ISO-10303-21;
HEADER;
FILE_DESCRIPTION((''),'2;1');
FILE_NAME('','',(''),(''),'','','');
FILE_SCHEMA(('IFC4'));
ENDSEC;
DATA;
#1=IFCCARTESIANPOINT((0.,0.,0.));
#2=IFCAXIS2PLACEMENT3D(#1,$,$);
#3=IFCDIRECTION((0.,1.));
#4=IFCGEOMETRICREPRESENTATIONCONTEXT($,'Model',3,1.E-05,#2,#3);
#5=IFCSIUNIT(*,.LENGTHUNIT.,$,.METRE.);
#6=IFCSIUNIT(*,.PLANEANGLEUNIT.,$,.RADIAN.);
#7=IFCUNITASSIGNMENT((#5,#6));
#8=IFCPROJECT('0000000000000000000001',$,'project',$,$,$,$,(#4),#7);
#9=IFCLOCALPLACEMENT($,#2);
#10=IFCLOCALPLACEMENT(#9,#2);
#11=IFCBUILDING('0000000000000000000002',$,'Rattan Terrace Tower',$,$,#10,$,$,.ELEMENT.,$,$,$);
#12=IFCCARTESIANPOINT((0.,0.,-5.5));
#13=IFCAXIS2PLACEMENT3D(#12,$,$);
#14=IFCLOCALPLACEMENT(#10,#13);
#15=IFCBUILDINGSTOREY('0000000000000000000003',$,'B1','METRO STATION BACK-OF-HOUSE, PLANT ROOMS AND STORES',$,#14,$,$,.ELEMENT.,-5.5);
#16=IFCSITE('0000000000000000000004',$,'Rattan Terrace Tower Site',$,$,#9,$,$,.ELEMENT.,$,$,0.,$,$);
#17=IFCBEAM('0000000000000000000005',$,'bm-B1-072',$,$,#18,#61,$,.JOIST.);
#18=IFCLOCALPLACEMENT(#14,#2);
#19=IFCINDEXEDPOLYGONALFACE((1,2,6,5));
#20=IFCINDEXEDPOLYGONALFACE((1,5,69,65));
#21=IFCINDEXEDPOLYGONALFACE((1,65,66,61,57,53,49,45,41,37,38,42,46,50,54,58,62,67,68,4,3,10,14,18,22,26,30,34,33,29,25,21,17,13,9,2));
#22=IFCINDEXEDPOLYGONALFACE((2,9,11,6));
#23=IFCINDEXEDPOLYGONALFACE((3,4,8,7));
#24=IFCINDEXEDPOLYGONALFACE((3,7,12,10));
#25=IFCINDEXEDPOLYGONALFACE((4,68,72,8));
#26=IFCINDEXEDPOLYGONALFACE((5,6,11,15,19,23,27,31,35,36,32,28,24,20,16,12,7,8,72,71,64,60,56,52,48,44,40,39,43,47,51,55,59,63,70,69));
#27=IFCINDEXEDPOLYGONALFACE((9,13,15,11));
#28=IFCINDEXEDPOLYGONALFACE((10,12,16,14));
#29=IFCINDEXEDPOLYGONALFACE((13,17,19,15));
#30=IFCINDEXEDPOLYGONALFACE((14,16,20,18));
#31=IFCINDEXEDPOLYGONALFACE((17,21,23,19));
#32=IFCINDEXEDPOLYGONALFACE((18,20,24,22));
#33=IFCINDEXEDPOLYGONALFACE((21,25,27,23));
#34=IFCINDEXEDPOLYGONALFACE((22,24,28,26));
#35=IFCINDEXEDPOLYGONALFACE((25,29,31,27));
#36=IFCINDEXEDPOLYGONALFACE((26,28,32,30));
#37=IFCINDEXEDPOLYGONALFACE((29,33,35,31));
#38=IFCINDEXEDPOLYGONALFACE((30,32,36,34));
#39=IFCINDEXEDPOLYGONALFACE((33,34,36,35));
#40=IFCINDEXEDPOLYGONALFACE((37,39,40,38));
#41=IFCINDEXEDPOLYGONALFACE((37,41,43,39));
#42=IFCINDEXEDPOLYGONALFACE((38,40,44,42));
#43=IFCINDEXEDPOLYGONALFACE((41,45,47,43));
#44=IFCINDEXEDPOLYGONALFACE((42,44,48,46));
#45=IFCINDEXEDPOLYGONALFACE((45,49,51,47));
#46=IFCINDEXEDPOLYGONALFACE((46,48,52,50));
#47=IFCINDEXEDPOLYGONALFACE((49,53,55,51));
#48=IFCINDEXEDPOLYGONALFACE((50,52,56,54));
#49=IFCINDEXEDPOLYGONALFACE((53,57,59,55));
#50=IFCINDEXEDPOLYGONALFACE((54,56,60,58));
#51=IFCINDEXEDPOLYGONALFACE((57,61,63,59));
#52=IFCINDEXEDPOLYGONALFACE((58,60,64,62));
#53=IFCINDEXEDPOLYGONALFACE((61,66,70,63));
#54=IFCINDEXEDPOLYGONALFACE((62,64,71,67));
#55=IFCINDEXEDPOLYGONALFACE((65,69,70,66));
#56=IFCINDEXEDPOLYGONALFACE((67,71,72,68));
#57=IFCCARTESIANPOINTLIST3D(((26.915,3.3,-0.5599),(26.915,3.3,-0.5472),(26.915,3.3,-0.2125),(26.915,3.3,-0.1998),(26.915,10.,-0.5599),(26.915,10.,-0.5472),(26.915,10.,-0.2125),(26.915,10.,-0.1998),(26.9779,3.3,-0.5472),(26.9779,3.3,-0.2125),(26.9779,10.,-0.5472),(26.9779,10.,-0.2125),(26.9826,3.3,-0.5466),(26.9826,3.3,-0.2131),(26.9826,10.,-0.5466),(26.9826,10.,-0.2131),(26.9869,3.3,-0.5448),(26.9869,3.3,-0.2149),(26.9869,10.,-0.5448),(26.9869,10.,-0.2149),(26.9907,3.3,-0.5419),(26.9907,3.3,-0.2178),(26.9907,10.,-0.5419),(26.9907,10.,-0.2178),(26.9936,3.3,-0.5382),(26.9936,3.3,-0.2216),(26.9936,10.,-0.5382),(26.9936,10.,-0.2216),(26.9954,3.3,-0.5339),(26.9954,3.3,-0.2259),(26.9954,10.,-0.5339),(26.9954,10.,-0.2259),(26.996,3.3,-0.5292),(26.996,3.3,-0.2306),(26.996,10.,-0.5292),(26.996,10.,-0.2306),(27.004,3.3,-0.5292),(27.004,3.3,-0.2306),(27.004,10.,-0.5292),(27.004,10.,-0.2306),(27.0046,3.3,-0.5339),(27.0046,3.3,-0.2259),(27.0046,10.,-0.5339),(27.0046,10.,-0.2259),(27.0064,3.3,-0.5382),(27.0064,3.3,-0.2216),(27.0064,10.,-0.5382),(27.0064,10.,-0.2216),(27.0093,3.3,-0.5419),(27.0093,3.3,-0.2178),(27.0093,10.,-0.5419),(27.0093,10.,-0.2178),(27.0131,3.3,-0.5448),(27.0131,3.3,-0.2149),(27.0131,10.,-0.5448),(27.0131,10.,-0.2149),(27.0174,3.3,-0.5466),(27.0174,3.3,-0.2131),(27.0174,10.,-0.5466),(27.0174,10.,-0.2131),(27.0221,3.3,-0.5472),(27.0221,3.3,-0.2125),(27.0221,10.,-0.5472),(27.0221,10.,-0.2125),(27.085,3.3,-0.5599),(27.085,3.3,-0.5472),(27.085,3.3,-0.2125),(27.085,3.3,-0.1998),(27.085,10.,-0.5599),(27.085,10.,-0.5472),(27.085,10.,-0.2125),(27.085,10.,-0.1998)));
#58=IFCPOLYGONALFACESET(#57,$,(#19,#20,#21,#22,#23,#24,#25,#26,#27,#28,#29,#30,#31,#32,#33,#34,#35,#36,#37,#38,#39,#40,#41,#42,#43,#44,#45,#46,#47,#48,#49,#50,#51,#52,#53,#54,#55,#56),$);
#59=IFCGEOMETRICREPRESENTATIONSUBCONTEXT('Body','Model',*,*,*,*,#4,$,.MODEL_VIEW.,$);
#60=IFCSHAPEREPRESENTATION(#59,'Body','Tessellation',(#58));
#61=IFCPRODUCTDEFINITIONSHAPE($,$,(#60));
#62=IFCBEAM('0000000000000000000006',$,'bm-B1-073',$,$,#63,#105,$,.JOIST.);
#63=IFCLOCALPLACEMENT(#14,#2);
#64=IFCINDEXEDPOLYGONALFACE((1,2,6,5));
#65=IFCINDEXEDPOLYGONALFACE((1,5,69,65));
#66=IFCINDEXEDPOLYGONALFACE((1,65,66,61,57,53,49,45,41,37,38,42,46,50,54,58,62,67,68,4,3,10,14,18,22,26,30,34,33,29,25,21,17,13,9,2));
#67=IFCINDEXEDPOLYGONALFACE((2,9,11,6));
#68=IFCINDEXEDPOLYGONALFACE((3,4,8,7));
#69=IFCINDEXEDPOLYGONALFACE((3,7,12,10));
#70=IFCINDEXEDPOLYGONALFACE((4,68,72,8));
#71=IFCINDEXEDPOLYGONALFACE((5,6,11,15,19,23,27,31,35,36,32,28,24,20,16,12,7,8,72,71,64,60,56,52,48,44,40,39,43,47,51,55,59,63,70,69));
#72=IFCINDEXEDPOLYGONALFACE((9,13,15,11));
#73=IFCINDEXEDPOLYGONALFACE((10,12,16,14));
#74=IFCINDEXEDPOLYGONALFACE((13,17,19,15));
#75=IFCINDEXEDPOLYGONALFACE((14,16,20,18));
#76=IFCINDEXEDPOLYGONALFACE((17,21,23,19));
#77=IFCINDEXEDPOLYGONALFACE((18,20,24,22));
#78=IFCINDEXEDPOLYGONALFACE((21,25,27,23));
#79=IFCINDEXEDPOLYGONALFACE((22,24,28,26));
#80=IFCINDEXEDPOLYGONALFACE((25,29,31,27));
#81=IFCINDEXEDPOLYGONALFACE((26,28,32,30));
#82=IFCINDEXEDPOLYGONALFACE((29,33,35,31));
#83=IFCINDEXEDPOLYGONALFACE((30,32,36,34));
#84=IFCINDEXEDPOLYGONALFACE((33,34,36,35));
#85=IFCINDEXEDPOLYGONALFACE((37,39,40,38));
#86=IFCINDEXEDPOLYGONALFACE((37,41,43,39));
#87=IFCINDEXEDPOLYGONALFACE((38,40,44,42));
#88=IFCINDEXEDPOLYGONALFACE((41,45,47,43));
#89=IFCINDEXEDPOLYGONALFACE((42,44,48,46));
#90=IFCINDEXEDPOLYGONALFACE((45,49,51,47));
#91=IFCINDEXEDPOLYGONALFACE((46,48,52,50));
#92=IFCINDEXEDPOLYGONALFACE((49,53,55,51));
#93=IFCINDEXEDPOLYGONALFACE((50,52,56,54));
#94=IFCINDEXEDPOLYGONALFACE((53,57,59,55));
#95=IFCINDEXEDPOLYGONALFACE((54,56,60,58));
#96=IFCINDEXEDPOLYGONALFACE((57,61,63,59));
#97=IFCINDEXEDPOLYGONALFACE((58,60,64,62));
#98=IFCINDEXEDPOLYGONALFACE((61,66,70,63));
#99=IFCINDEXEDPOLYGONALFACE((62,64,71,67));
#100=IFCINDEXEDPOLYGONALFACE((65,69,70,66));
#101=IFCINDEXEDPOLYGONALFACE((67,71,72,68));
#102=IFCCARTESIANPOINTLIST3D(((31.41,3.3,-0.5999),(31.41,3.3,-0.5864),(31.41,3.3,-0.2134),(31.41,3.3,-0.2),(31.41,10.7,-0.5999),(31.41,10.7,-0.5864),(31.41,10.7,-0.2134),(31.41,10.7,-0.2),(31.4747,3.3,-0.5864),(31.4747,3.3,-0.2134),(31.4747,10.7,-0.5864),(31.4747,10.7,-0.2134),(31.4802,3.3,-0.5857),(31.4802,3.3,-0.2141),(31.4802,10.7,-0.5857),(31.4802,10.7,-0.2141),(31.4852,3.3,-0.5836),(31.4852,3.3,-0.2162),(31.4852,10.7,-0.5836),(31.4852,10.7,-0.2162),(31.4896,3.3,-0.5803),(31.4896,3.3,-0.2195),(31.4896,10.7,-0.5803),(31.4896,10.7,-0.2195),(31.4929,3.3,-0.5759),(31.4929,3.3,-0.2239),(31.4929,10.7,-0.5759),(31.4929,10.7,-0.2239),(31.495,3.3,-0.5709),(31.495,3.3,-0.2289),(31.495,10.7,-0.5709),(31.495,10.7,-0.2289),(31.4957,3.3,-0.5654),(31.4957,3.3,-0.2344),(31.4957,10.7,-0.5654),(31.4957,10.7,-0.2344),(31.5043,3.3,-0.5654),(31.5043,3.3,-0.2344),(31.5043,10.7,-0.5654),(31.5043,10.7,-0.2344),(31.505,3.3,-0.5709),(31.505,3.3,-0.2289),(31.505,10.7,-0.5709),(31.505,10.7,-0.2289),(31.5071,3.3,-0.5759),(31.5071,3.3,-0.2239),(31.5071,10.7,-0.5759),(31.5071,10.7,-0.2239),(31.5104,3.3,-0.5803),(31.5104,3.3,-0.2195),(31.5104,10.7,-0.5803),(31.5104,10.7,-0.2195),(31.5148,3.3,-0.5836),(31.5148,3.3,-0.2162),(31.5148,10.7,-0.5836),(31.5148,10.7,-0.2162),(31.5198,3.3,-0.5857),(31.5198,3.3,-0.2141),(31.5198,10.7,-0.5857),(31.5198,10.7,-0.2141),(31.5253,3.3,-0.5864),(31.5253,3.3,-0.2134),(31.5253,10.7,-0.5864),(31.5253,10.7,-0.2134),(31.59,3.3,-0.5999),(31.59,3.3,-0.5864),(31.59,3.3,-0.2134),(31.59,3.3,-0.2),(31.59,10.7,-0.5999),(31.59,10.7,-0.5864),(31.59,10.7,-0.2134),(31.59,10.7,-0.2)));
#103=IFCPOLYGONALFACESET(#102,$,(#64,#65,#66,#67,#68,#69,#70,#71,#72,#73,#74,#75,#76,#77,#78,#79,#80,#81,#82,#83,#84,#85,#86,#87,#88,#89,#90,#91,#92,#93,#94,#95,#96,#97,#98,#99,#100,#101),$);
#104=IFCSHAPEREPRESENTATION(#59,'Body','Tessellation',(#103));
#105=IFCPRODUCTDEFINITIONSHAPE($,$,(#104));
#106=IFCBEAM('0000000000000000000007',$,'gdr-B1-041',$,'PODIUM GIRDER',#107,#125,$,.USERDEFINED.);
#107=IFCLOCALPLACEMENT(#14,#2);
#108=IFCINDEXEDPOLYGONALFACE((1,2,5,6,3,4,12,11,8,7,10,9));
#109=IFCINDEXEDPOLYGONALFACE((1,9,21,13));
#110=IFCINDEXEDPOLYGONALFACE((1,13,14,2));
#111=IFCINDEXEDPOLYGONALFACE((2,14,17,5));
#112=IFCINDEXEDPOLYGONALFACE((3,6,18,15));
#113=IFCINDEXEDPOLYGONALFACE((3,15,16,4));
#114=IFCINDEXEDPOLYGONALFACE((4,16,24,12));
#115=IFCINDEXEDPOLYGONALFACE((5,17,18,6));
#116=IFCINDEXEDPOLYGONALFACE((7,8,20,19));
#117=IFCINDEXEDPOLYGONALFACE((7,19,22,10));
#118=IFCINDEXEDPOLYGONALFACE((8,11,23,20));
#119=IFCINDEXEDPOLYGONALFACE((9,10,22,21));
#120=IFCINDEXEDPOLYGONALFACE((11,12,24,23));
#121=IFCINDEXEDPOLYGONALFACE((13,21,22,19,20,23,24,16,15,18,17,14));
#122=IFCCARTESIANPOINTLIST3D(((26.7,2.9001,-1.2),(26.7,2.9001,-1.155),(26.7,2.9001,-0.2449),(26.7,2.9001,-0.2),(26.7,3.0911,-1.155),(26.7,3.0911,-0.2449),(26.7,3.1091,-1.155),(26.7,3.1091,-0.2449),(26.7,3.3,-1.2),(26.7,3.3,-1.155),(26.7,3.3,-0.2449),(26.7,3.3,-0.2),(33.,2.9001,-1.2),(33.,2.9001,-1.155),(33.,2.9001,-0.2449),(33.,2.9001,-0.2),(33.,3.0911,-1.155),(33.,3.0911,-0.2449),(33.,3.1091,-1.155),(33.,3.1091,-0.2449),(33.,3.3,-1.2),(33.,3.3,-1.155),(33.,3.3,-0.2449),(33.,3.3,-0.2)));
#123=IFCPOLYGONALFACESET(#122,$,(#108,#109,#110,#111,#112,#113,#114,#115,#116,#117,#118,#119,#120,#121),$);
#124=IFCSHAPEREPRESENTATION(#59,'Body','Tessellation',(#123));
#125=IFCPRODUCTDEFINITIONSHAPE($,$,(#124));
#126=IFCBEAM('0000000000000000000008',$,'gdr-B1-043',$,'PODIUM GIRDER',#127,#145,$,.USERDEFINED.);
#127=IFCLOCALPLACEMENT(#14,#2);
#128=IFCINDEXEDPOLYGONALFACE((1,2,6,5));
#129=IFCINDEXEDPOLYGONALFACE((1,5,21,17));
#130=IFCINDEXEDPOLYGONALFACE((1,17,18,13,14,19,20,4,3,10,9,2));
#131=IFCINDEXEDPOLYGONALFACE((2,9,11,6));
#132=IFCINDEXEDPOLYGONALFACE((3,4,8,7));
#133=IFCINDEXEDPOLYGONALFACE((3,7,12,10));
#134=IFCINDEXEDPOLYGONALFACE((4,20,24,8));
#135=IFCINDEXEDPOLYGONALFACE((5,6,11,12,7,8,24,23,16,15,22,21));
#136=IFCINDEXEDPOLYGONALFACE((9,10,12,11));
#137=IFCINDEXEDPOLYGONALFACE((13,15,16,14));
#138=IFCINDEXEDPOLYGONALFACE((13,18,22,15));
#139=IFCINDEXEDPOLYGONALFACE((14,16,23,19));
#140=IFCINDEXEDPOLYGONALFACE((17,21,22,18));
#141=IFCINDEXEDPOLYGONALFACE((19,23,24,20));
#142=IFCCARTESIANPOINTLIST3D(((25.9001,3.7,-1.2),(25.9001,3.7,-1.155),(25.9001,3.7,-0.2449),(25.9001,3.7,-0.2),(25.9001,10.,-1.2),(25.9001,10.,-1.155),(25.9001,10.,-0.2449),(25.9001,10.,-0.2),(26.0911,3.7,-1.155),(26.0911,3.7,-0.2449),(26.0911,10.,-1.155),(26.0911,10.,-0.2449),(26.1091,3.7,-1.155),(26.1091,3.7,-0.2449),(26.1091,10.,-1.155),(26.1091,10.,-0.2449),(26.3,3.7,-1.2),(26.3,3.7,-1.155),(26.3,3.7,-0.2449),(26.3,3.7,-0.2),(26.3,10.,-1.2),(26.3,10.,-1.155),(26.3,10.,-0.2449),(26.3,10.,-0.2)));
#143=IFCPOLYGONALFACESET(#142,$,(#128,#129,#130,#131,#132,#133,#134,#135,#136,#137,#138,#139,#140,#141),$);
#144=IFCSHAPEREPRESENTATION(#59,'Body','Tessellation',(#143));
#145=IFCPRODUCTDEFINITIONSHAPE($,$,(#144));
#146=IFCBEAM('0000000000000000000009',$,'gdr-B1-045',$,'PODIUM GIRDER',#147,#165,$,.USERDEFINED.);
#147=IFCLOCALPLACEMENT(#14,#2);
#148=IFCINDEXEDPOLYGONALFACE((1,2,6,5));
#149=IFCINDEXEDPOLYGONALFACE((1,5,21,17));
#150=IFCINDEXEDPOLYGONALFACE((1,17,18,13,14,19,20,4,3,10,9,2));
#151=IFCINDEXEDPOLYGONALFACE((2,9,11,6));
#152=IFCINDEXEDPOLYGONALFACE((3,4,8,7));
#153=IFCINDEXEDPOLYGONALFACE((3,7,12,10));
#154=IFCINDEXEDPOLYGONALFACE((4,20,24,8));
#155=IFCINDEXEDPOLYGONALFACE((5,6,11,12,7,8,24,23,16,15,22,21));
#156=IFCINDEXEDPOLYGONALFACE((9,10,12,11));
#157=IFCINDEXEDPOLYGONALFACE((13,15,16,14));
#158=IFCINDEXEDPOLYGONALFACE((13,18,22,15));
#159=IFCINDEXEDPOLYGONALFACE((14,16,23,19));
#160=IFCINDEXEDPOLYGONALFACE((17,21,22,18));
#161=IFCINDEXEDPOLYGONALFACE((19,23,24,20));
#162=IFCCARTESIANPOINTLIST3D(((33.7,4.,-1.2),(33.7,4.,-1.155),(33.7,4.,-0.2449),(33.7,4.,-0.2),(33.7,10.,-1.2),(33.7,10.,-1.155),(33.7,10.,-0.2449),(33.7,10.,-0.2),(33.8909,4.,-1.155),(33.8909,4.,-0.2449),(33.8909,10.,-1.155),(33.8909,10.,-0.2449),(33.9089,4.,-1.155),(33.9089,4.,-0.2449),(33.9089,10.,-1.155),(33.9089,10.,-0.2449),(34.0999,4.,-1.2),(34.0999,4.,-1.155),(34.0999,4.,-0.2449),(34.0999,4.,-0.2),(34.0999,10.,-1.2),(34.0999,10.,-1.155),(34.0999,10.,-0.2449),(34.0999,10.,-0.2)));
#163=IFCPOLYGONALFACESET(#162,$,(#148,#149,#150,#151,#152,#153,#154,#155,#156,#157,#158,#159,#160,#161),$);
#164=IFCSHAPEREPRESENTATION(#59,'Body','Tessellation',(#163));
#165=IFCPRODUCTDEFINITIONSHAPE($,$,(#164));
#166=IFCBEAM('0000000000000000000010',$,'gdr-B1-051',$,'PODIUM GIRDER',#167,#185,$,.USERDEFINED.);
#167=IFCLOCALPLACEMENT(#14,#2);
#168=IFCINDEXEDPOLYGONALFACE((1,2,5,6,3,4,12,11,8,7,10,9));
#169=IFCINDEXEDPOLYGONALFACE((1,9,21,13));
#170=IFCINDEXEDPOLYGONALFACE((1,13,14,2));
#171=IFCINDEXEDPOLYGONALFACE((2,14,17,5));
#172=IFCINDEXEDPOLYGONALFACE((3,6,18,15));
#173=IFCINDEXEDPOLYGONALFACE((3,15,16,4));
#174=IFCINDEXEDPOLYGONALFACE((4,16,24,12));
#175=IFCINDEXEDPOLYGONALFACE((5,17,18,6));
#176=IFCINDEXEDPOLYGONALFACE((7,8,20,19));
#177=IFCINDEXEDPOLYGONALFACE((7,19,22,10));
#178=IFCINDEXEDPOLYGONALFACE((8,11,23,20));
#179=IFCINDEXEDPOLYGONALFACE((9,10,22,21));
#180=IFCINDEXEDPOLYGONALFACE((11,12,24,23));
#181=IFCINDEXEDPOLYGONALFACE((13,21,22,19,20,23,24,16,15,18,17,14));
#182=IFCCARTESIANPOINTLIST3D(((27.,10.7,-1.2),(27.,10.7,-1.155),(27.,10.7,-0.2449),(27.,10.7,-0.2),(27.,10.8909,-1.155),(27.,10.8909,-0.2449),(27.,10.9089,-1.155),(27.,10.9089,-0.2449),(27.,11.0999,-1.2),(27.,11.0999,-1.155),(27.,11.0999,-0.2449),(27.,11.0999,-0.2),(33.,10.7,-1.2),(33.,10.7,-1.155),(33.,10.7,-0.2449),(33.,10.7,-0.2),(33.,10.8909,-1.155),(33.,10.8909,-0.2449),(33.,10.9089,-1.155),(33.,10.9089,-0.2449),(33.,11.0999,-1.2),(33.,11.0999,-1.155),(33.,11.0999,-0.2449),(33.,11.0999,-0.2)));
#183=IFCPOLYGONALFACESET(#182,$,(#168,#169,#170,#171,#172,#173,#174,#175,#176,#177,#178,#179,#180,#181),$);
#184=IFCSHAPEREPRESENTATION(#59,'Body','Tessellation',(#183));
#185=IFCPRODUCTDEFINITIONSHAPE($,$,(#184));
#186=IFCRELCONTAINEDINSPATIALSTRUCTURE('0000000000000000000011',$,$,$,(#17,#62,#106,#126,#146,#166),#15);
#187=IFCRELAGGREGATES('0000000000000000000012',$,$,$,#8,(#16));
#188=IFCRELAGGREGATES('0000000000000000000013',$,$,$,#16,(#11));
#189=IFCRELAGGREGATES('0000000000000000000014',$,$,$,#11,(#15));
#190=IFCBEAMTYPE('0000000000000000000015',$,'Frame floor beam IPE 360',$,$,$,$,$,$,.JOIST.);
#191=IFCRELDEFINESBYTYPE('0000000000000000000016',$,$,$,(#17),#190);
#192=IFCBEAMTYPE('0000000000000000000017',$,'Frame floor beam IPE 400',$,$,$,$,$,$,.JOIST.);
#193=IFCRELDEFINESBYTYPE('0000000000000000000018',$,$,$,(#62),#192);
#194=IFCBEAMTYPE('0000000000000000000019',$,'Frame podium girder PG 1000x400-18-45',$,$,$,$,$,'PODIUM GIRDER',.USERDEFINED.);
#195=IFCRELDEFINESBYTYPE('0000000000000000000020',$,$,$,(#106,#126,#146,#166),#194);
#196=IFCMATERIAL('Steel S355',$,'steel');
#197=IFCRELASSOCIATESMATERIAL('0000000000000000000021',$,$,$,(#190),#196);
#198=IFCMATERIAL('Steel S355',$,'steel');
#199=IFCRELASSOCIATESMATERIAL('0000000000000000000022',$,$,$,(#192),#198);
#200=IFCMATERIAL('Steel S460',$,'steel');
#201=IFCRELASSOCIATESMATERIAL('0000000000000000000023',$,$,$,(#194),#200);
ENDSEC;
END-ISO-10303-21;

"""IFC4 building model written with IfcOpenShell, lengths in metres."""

from ifc_helpers import new_model, si_unit, direction, frame, origin, origin_2d, place, context, subcontext, project, spatial, i_section, extrude, material, material_profile, profile_set, type_object, element, save


model = new_model("IFC4")

# Units and contexts
model_context = context("Model", 3, precision=1e-05, world=origin(), true_north=direction((0.0, 1.0)))
body_context = subcontext(model_context, "Body", "Model", "MODEL_VIEW")
ifc_project = project(units=[si_unit("LENGTHUNIT", "METRE"), si_unit("PLANEANGLEUNIT", "RADIAN")], contexts=[model_context])

# Site, building, storey
site_placement = place(None, origin())
site = spatial("IfcSite", under=ifc_project, at=site_placement, Name="Rattan Terrace Tower Site", CompositionType="ELEMENT", RefElevation=0.0)
building_placement = place(site_placement, origin())
building = spatial("IfcBuilding", under=site, at=building_placement, Name="Rattan Terrace Tower", CompositionType="ELEMENT")
storey_placement = place(building_placement, frame((0.0, 0.0, -5.5)))
storey = spatial("IfcBuildingStorey", under=building, at=storey_placement, Name="B1", Description="METRO STATION BACK-OF-HOUSE, PLANT ROOMS AND STORES", CompositionType="ELEMENT", Elevation=-5.5)

# Beams
ifc_material_1 = material(Name="Steel S355", Category="steel")
ifc_material_profile_1 = material_profile(ifc_material_1, i_section(OverallWidth=0.1699, OverallDepth=0.3601, WebThickness=0.0081, FlangeThickness=0.0127, FilletRadius=0.0181, at=origin_2d()), Name="IPE 360")
ifc_profile_set_1 = profile_set([ifc_material_profile_1], Name="Steel S355")
beam_type_1 = type_object("IfcBeamType", Name="Frame floor beam IPE 360", PredefinedType="JOIST", material=ifc_profile_set_1)
beam_1_placement = place(storey_placement, frame((27.0, 3.3, -0.3799), z_axis=(0.0, 1.0, 0.0), x_axis=(-1.0, 0.0, 0.0)))
element("IfcBeam", 1, at=beam_1_placement, inside=storey, type_object=beam_type_1, Name="bm-B1-072", PredefinedType="JOIST", context=body_context, shape_type="SweptSolid", body=[
    extrude(i_section(OverallWidth=0.1699, OverallDepth=0.3601, WebThickness=0.0081, FlangeThickness=0.0127, FilletRadius=0.0181, at=origin_2d()), origin(), (0.0, 0.0, 1.0), 6.7),
])
ifc_material_2 = material(Name="Steel S355", Category="steel")
ifc_material_profile_2 = material_profile(ifc_material_2, i_section(OverallWidth=0.1799, OverallDepth=0.3999, WebThickness=0.0085, FlangeThickness=0.0134, FilletRadius=0.021, at=origin_2d()), Name="IPE 400")
ifc_profile_set_2 = profile_set([ifc_material_profile_2], Name="Steel S355")
beam_type_2 = type_object("IfcBeamType", Name="Frame floor beam IPE 400", PredefinedType="JOIST", material=ifc_profile_set_2)
beam_2_placement = place(storey_placement, frame((31.5, 3.3, -0.3999), z_axis=(0.0, 1.0, 0.0), x_axis=(-1.0, 0.0, 0.0)))
element("IfcBeam", 2, at=beam_2_placement, inside=storey, type_object=beam_type_2, Name="bm-B1-073", PredefinedType="JOIST", context=body_context, shape_type="SweptSolid", body=[
    extrude(i_section(OverallWidth=0.1799, OverallDepth=0.3999, WebThickness=0.0085, FlangeThickness=0.0134, FilletRadius=0.021, at=origin_2d()), origin(), (0.0, 0.0, 1.0), 7.3999),
])
ifc_material_3 = material(Name="Steel S460", Category="steel")
ifc_material_profile_3 = material_profile(ifc_material_3, i_section(OverallWidth=0.3999, OverallDepth=1.0, WebThickness=0.0181, FlangeThickness=0.0449, at=origin_2d()), Name="PG 1000x400-18-45")
ifc_profile_set_3 = profile_set([ifc_material_profile_3], Name="Steel S460")
beam_type_3 = type_object("IfcBeamType", Name="Frame podium girder PG 1000x400-18-45", ElementType="PODIUM GIRDER", PredefinedType="USERDEFINED", material=ifc_profile_set_3)
for number, where, z_axis, x_axis, name in (
    (3, (26.7, 3.1001, -0.7), (1.0, 0.0, 0.0), (0.0, 1.0, 0.0), "gdr-B1-041"),
    (4, (26.1001, 3.7, -0.7), (0.0, 1.0, 0.0), (-1.0, 0.0, 0.0), "gdr-B1-043"),
):
    element("IfcBeam", number, at=place(storey_placement, frame(where, z_axis=z_axis, x_axis=x_axis)), inside=storey, type_object=beam_type_3, Name=name, ObjectType="PODIUM GIRDER", PredefinedType="USERDEFINED", context=body_context, shape_type="SweptSolid", body=[
        extrude(i_section(OverallWidth=0.3999, OverallDepth=1.0, WebThickness=0.0181, FlangeThickness=0.0449, at=origin_2d()), origin(), (0.0, 0.0, 1.0), 6.3),
    ])
for number, where, z_axis, x_axis, name in (
    (5, (33.8999, 4.0, -0.7), (0.0, 1.0, 0.0), (-1.0, 0.0, 0.0), "gdr-B1-045"),
    (6, (27.0, 10.8999, -0.7), (1.0, 0.0, 0.0), (0.0, 1.0, 0.0), "gdr-B1-051"),
):
    element("IfcBeam", number, at=place(storey_placement, frame(where, z_axis=z_axis, x_axis=x_axis)), inside=storey, type_object=beam_type_3, Name=name, ObjectType="PODIUM GIRDER", PredefinedType="USERDEFINED", context=body_context, shape_type="SweptSolid", body=[
        extrude(i_section(OverallWidth=0.3999, OverallDepth=1.0, WebThickness=0.0181, FlangeThickness=0.0449, at=origin_2d()), origin(), (0.0, 0.0, 1.0), 6.0),
    ])

save(model, "model.ifc")
